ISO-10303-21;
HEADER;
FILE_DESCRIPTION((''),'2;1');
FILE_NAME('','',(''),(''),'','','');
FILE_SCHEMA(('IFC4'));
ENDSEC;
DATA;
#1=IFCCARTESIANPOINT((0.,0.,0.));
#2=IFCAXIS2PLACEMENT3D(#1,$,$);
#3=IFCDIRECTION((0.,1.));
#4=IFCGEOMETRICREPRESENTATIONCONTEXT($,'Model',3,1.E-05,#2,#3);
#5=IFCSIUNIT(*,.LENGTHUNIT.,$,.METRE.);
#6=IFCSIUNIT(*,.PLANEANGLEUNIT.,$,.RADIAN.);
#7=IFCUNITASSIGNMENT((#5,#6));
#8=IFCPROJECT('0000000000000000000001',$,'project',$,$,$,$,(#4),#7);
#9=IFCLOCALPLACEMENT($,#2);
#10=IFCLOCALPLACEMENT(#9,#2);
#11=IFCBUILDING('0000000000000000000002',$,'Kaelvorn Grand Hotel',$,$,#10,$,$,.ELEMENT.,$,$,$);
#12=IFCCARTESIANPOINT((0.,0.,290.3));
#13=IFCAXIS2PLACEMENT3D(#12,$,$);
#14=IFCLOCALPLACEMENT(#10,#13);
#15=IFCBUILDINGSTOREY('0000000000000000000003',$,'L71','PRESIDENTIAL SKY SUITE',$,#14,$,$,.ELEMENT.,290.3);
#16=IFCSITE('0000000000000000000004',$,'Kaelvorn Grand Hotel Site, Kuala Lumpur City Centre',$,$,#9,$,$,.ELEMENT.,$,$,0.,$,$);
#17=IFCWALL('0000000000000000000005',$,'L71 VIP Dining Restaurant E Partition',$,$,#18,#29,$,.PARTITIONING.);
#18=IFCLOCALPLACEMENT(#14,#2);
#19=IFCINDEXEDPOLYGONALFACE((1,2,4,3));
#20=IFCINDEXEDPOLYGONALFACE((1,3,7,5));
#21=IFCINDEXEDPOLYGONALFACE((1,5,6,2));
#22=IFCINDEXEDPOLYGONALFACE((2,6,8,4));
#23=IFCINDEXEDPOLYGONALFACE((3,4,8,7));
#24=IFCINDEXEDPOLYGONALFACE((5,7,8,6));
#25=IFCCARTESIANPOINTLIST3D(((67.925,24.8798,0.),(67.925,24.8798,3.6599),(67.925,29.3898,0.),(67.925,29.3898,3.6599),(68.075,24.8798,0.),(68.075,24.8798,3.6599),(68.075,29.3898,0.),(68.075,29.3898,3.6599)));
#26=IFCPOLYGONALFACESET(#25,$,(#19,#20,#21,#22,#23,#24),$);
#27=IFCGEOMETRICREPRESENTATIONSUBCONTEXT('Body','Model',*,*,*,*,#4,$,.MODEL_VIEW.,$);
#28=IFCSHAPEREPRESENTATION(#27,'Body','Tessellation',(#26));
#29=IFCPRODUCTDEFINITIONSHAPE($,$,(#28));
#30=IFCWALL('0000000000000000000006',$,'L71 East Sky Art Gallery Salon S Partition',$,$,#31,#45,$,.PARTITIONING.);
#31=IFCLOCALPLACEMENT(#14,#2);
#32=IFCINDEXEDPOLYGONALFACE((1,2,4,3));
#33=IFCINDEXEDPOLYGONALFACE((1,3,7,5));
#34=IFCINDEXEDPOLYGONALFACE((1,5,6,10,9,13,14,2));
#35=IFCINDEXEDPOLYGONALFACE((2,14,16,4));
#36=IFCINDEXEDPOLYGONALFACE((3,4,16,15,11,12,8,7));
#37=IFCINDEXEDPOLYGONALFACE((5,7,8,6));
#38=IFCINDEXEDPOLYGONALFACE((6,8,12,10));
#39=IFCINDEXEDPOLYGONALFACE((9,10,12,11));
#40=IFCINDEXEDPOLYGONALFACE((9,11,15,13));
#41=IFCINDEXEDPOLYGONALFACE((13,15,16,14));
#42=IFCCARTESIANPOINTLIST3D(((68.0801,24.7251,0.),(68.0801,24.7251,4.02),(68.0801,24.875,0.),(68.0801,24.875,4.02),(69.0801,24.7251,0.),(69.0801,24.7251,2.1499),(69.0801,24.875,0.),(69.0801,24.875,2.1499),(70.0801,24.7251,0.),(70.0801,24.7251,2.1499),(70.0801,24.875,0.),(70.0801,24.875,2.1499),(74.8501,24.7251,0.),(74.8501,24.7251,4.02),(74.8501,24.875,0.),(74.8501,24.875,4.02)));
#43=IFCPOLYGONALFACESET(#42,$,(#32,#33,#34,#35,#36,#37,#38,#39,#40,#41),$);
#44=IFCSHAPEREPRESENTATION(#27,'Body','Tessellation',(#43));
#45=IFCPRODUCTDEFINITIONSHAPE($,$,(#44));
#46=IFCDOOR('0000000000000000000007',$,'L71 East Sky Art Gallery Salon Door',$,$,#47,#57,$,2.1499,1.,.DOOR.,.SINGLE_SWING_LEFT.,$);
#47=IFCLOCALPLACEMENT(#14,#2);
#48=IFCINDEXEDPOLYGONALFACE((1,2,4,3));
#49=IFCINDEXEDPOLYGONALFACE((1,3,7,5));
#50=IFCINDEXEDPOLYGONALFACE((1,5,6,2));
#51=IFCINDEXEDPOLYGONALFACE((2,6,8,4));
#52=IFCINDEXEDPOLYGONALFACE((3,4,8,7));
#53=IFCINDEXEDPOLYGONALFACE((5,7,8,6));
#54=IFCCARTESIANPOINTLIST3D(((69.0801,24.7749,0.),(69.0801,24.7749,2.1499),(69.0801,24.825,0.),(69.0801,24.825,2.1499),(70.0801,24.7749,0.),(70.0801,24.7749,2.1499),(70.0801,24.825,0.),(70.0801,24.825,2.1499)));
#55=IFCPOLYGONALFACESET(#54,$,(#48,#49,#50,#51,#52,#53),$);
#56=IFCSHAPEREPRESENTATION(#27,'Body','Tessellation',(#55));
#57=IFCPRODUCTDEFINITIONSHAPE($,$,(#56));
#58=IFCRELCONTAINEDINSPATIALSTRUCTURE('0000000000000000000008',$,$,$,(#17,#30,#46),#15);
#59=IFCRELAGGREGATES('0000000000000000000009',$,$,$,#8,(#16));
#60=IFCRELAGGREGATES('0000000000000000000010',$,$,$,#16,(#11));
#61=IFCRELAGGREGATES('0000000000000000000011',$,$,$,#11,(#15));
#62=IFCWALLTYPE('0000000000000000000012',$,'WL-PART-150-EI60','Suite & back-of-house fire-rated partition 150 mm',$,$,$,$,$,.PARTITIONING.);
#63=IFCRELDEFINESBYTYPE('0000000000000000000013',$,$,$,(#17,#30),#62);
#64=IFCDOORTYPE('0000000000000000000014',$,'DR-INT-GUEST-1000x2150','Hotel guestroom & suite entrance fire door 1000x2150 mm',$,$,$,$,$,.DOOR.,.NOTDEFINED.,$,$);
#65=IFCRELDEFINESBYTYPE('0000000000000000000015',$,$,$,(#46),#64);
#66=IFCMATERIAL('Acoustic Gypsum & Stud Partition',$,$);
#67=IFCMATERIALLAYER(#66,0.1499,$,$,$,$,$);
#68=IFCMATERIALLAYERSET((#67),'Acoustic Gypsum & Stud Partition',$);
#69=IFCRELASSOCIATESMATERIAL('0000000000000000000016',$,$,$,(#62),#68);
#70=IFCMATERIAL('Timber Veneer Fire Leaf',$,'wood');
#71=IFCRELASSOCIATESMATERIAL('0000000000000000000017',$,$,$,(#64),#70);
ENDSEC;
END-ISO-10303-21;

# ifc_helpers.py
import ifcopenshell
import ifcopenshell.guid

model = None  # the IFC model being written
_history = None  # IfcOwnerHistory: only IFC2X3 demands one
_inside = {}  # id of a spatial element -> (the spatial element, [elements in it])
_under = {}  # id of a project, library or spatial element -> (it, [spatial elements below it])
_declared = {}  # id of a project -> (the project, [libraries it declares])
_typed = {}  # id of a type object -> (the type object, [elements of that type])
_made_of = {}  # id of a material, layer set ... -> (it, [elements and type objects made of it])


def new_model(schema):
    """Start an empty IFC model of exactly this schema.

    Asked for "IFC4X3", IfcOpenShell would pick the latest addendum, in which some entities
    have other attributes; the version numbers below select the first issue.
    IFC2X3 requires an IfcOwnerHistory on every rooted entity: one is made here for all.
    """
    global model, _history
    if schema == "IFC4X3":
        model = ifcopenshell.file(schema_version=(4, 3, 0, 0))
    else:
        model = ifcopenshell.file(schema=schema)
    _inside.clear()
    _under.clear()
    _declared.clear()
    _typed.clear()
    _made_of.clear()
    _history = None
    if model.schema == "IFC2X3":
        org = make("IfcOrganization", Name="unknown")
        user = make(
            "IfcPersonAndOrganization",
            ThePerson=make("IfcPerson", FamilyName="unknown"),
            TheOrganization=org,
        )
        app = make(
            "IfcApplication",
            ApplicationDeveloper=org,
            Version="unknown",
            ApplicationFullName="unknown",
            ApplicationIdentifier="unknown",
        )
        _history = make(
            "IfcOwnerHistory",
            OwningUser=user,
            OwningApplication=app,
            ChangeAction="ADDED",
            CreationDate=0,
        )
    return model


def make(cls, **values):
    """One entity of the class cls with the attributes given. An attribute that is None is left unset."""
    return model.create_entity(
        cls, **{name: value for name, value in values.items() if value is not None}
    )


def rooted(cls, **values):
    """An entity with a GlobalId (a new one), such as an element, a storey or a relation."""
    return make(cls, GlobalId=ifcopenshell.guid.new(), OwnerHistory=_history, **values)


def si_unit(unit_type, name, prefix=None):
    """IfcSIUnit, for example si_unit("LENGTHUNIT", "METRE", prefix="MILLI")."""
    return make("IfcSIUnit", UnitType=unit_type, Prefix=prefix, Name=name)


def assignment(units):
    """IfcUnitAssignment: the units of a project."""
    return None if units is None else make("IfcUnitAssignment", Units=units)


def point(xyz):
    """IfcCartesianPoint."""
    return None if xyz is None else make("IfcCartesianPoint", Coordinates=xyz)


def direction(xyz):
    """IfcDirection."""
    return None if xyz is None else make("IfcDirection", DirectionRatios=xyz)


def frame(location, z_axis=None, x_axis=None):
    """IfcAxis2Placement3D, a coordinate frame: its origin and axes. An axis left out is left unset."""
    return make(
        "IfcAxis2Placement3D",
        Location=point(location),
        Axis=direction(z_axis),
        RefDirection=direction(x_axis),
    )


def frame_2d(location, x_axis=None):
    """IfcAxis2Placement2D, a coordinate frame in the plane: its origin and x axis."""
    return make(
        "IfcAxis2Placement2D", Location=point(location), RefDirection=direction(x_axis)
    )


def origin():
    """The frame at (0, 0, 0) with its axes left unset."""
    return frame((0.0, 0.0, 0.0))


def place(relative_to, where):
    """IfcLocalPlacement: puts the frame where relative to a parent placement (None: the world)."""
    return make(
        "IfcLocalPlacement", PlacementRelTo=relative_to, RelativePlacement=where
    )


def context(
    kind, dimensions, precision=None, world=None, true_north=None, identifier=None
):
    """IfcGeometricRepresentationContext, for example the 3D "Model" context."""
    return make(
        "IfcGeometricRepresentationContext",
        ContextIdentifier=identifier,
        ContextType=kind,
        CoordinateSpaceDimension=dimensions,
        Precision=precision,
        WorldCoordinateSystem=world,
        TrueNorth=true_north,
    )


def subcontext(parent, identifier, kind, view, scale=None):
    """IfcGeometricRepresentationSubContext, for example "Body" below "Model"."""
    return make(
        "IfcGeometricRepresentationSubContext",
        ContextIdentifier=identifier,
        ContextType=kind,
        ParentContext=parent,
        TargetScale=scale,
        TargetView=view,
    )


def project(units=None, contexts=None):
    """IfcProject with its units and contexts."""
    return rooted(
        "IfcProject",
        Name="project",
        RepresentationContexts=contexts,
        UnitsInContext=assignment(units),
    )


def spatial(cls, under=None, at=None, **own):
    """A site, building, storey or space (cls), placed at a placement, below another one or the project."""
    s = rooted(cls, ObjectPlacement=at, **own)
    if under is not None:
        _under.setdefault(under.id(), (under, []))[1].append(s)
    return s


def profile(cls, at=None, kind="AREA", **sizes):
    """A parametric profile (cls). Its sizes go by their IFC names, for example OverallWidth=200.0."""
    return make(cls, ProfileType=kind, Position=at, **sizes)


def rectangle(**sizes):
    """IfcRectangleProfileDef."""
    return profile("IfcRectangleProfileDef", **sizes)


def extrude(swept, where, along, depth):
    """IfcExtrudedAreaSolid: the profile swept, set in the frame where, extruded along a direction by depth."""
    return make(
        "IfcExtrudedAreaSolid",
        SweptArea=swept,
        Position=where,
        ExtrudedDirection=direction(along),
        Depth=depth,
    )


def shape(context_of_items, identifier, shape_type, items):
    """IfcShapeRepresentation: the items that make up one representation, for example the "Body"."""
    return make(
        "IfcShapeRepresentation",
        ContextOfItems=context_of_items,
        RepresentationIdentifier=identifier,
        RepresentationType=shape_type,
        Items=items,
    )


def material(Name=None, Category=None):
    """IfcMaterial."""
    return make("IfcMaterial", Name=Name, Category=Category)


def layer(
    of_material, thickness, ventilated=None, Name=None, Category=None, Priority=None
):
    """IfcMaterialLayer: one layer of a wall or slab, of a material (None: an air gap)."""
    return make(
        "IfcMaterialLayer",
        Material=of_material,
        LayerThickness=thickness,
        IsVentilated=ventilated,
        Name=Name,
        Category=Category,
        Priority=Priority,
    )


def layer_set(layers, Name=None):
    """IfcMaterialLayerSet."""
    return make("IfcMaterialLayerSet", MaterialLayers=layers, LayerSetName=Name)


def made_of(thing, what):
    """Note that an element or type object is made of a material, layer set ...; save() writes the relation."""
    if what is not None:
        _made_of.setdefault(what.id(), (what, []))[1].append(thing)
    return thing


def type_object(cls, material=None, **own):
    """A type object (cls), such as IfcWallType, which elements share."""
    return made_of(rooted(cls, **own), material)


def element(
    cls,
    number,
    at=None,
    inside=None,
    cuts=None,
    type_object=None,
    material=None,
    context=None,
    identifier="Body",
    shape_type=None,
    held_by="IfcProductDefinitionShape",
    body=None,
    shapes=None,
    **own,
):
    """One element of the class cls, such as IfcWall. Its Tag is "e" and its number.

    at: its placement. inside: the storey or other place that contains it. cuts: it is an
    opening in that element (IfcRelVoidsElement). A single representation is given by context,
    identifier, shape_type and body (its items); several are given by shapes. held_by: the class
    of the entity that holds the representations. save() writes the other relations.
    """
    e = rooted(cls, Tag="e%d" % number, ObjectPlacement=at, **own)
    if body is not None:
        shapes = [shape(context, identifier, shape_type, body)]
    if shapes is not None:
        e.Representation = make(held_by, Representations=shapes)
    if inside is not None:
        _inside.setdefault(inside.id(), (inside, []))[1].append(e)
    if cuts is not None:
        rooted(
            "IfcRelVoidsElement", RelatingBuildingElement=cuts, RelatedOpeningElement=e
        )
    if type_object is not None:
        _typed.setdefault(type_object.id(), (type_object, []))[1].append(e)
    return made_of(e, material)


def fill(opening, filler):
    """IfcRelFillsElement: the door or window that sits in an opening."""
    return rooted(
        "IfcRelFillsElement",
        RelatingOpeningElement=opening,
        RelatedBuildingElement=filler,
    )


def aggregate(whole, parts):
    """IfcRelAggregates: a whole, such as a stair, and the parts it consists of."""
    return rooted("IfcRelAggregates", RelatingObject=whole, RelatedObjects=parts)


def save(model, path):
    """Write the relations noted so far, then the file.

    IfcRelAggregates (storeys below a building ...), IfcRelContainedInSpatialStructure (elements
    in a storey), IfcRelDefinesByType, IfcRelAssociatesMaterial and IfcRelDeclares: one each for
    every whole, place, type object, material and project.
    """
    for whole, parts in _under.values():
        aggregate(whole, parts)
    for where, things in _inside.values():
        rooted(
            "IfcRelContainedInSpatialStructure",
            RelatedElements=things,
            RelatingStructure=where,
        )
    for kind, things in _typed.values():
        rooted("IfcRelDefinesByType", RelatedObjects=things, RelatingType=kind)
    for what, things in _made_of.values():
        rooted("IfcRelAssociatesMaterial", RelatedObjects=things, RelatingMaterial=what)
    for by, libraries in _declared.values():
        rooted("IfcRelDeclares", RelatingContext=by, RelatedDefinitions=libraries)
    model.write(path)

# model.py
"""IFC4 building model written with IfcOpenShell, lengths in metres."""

from ifc_helpers import new_model, si_unit, direction, frame, frame_2d, origin, place, context, subcontext, project, spatial, rectangle, extrude, material, layer, layer_set, type_object, element, fill, save


model = new_model("IFC4")

# Units and contexts
model_context = context("Model", 3, precision=1e-05, world=origin(), true_north=direction((0.0, 1.0)))
body_context = subcontext(model_context, "Body", "Model", "MODEL_VIEW")
ifc_project = project(units=[si_unit("LENGTHUNIT", "METRE"), si_unit("PLANEANGLEUNIT", "RADIAN")], contexts=[model_context])

# Site, building, storey
site_placement = place(None, origin())
site = spatial("IfcSite", under=ifc_project, at=site_placement, Name="Kaelvorn Grand Hotel Site, Kuala Lumpur City Centre", CompositionType="ELEMENT", RefElevation=0.0)
building_placement = place(site_placement, origin())
building = spatial("IfcBuilding", under=site, at=building_placement, Name="Kaelvorn Grand Hotel", CompositionType="ELEMENT")
storey_placement = place(building_placement, frame((0.0, 0.0, 290.3)))
storey = spatial("IfcBuildingStorey", under=building, at=storey_placement, Name="L71", Description="PRESIDENTIAL SKY SUITE", CompositionType="ELEMENT", Elevation=290.3)

# Wall
ifc_material_1 = material(Name="Acoustic Gypsum & Stud Partition")
ifc_layer_1 = layer(ifc_material_1, 0.1499)
ifc_layer_set_1 = layer_set([ifc_layer_1], Name="Acoustic Gypsum & Stud Partition")
wall_type_1 = type_object("IfcWallType", Name="WL-PART-150-EI60", Description="Suite & back-of-house fire-rated partition 150 mm", PredefinedType="PARTITIONING", material=ifc_layer_set_1)
wall_1_placement = place(storey_placement, frame((68.0, 24.8799, 0.0), z_axis=(0.0, 0.0, 1.0), x_axis=(0.0, 1.0, 0.0)))
element("IfcWall", 1, at=wall_1_placement, inside=storey, type_object=wall_type_1, Name="L71 VIP Dining Restaurant E Partition", PredefinedType="PARTITIONING", context=body_context, shape_type="SweptSolid", body=[
    extrude(rectangle(XDim=4.51, YDim=0.1499, at=frame_2d((2.2549, 0.0))), origin(), (0.0, 0.0, 1.0), 3.6599),
])

# Wall, opening, door
wall_2_placement = place(storey_placement, frame((68.0801, 24.8, 0.0), z_axis=(0.0, 0.0, 1.0), x_axis=(1.0, 0.0, 0.0)))
wall_2 = element("IfcWall", 2, at=wall_2_placement, inside=storey, type_object=wall_type_1, Name="L71 East Sky Art Gallery Salon S Partition", PredefinedType="PARTITIONING", context=body_context, shape_type="SweptSolid", body=[
    extrude(rectangle(XDim=6.77, YDim=0.1499, at=frame_2d((3.385, 0.0))), origin(), (0.0, 0.0, 1.0), 4.02),
])
opening_placement = place(wall_2_placement, frame((1.0, 0.0, 0.0)))
opening = element("IfcOpeningElement", 3, at=opening_placement, cuts=wall_2, PredefinedType="OPENING", context=body_context, shape_type="SweptSolid", body=[
    extrude(rectangle(XDim=1.0, YDim=2.1499, at=frame_2d((0.5, 1.075))), frame((0.0, 0.085, 0.0), z_axis=(0.0, -1.0, 0.0), x_axis=(1.0, 0.0, 0.0)), (0.0, 0.0, 1.0), 0.1699),
])
ifc_material_2 = material(Name="Timber Veneer Fire Leaf", Category="wood")
door_type = type_object("IfcDoorType", Name="DR-INT-GUEST-1000x2150", Description="Hotel guestroom & suite entrance fire door 1000x2150 mm", OperationType="NOTDEFINED", PredefinedType="DOOR", material=ifc_material_2)
door_placement = place(opening_placement, origin())
door = element("IfcDoor", 4, at=door_placement, inside=storey, type_object=door_type, Name="L71 East Sky Art Gallery Salon Door", OperationType="SINGLE_SWING_LEFT", OverallHeight=2.1499, OverallWidth=1.0, PredefinedType="DOOR", context=body_context, shape_type="SweptSolid", body=[
    extrude(rectangle(XDim=1.0, YDim=2.1499, at=frame_2d((0.5, 1.075))), frame((0.0, 0.0249, 0.0), z_axis=(0.0, -1.0, 0.0), x_axis=(1.0, 0.0, 0.0)), (0.0, 0.0, 1.0), 0.05),
])
fill(opening, door)

save(model, "model.ifc")
